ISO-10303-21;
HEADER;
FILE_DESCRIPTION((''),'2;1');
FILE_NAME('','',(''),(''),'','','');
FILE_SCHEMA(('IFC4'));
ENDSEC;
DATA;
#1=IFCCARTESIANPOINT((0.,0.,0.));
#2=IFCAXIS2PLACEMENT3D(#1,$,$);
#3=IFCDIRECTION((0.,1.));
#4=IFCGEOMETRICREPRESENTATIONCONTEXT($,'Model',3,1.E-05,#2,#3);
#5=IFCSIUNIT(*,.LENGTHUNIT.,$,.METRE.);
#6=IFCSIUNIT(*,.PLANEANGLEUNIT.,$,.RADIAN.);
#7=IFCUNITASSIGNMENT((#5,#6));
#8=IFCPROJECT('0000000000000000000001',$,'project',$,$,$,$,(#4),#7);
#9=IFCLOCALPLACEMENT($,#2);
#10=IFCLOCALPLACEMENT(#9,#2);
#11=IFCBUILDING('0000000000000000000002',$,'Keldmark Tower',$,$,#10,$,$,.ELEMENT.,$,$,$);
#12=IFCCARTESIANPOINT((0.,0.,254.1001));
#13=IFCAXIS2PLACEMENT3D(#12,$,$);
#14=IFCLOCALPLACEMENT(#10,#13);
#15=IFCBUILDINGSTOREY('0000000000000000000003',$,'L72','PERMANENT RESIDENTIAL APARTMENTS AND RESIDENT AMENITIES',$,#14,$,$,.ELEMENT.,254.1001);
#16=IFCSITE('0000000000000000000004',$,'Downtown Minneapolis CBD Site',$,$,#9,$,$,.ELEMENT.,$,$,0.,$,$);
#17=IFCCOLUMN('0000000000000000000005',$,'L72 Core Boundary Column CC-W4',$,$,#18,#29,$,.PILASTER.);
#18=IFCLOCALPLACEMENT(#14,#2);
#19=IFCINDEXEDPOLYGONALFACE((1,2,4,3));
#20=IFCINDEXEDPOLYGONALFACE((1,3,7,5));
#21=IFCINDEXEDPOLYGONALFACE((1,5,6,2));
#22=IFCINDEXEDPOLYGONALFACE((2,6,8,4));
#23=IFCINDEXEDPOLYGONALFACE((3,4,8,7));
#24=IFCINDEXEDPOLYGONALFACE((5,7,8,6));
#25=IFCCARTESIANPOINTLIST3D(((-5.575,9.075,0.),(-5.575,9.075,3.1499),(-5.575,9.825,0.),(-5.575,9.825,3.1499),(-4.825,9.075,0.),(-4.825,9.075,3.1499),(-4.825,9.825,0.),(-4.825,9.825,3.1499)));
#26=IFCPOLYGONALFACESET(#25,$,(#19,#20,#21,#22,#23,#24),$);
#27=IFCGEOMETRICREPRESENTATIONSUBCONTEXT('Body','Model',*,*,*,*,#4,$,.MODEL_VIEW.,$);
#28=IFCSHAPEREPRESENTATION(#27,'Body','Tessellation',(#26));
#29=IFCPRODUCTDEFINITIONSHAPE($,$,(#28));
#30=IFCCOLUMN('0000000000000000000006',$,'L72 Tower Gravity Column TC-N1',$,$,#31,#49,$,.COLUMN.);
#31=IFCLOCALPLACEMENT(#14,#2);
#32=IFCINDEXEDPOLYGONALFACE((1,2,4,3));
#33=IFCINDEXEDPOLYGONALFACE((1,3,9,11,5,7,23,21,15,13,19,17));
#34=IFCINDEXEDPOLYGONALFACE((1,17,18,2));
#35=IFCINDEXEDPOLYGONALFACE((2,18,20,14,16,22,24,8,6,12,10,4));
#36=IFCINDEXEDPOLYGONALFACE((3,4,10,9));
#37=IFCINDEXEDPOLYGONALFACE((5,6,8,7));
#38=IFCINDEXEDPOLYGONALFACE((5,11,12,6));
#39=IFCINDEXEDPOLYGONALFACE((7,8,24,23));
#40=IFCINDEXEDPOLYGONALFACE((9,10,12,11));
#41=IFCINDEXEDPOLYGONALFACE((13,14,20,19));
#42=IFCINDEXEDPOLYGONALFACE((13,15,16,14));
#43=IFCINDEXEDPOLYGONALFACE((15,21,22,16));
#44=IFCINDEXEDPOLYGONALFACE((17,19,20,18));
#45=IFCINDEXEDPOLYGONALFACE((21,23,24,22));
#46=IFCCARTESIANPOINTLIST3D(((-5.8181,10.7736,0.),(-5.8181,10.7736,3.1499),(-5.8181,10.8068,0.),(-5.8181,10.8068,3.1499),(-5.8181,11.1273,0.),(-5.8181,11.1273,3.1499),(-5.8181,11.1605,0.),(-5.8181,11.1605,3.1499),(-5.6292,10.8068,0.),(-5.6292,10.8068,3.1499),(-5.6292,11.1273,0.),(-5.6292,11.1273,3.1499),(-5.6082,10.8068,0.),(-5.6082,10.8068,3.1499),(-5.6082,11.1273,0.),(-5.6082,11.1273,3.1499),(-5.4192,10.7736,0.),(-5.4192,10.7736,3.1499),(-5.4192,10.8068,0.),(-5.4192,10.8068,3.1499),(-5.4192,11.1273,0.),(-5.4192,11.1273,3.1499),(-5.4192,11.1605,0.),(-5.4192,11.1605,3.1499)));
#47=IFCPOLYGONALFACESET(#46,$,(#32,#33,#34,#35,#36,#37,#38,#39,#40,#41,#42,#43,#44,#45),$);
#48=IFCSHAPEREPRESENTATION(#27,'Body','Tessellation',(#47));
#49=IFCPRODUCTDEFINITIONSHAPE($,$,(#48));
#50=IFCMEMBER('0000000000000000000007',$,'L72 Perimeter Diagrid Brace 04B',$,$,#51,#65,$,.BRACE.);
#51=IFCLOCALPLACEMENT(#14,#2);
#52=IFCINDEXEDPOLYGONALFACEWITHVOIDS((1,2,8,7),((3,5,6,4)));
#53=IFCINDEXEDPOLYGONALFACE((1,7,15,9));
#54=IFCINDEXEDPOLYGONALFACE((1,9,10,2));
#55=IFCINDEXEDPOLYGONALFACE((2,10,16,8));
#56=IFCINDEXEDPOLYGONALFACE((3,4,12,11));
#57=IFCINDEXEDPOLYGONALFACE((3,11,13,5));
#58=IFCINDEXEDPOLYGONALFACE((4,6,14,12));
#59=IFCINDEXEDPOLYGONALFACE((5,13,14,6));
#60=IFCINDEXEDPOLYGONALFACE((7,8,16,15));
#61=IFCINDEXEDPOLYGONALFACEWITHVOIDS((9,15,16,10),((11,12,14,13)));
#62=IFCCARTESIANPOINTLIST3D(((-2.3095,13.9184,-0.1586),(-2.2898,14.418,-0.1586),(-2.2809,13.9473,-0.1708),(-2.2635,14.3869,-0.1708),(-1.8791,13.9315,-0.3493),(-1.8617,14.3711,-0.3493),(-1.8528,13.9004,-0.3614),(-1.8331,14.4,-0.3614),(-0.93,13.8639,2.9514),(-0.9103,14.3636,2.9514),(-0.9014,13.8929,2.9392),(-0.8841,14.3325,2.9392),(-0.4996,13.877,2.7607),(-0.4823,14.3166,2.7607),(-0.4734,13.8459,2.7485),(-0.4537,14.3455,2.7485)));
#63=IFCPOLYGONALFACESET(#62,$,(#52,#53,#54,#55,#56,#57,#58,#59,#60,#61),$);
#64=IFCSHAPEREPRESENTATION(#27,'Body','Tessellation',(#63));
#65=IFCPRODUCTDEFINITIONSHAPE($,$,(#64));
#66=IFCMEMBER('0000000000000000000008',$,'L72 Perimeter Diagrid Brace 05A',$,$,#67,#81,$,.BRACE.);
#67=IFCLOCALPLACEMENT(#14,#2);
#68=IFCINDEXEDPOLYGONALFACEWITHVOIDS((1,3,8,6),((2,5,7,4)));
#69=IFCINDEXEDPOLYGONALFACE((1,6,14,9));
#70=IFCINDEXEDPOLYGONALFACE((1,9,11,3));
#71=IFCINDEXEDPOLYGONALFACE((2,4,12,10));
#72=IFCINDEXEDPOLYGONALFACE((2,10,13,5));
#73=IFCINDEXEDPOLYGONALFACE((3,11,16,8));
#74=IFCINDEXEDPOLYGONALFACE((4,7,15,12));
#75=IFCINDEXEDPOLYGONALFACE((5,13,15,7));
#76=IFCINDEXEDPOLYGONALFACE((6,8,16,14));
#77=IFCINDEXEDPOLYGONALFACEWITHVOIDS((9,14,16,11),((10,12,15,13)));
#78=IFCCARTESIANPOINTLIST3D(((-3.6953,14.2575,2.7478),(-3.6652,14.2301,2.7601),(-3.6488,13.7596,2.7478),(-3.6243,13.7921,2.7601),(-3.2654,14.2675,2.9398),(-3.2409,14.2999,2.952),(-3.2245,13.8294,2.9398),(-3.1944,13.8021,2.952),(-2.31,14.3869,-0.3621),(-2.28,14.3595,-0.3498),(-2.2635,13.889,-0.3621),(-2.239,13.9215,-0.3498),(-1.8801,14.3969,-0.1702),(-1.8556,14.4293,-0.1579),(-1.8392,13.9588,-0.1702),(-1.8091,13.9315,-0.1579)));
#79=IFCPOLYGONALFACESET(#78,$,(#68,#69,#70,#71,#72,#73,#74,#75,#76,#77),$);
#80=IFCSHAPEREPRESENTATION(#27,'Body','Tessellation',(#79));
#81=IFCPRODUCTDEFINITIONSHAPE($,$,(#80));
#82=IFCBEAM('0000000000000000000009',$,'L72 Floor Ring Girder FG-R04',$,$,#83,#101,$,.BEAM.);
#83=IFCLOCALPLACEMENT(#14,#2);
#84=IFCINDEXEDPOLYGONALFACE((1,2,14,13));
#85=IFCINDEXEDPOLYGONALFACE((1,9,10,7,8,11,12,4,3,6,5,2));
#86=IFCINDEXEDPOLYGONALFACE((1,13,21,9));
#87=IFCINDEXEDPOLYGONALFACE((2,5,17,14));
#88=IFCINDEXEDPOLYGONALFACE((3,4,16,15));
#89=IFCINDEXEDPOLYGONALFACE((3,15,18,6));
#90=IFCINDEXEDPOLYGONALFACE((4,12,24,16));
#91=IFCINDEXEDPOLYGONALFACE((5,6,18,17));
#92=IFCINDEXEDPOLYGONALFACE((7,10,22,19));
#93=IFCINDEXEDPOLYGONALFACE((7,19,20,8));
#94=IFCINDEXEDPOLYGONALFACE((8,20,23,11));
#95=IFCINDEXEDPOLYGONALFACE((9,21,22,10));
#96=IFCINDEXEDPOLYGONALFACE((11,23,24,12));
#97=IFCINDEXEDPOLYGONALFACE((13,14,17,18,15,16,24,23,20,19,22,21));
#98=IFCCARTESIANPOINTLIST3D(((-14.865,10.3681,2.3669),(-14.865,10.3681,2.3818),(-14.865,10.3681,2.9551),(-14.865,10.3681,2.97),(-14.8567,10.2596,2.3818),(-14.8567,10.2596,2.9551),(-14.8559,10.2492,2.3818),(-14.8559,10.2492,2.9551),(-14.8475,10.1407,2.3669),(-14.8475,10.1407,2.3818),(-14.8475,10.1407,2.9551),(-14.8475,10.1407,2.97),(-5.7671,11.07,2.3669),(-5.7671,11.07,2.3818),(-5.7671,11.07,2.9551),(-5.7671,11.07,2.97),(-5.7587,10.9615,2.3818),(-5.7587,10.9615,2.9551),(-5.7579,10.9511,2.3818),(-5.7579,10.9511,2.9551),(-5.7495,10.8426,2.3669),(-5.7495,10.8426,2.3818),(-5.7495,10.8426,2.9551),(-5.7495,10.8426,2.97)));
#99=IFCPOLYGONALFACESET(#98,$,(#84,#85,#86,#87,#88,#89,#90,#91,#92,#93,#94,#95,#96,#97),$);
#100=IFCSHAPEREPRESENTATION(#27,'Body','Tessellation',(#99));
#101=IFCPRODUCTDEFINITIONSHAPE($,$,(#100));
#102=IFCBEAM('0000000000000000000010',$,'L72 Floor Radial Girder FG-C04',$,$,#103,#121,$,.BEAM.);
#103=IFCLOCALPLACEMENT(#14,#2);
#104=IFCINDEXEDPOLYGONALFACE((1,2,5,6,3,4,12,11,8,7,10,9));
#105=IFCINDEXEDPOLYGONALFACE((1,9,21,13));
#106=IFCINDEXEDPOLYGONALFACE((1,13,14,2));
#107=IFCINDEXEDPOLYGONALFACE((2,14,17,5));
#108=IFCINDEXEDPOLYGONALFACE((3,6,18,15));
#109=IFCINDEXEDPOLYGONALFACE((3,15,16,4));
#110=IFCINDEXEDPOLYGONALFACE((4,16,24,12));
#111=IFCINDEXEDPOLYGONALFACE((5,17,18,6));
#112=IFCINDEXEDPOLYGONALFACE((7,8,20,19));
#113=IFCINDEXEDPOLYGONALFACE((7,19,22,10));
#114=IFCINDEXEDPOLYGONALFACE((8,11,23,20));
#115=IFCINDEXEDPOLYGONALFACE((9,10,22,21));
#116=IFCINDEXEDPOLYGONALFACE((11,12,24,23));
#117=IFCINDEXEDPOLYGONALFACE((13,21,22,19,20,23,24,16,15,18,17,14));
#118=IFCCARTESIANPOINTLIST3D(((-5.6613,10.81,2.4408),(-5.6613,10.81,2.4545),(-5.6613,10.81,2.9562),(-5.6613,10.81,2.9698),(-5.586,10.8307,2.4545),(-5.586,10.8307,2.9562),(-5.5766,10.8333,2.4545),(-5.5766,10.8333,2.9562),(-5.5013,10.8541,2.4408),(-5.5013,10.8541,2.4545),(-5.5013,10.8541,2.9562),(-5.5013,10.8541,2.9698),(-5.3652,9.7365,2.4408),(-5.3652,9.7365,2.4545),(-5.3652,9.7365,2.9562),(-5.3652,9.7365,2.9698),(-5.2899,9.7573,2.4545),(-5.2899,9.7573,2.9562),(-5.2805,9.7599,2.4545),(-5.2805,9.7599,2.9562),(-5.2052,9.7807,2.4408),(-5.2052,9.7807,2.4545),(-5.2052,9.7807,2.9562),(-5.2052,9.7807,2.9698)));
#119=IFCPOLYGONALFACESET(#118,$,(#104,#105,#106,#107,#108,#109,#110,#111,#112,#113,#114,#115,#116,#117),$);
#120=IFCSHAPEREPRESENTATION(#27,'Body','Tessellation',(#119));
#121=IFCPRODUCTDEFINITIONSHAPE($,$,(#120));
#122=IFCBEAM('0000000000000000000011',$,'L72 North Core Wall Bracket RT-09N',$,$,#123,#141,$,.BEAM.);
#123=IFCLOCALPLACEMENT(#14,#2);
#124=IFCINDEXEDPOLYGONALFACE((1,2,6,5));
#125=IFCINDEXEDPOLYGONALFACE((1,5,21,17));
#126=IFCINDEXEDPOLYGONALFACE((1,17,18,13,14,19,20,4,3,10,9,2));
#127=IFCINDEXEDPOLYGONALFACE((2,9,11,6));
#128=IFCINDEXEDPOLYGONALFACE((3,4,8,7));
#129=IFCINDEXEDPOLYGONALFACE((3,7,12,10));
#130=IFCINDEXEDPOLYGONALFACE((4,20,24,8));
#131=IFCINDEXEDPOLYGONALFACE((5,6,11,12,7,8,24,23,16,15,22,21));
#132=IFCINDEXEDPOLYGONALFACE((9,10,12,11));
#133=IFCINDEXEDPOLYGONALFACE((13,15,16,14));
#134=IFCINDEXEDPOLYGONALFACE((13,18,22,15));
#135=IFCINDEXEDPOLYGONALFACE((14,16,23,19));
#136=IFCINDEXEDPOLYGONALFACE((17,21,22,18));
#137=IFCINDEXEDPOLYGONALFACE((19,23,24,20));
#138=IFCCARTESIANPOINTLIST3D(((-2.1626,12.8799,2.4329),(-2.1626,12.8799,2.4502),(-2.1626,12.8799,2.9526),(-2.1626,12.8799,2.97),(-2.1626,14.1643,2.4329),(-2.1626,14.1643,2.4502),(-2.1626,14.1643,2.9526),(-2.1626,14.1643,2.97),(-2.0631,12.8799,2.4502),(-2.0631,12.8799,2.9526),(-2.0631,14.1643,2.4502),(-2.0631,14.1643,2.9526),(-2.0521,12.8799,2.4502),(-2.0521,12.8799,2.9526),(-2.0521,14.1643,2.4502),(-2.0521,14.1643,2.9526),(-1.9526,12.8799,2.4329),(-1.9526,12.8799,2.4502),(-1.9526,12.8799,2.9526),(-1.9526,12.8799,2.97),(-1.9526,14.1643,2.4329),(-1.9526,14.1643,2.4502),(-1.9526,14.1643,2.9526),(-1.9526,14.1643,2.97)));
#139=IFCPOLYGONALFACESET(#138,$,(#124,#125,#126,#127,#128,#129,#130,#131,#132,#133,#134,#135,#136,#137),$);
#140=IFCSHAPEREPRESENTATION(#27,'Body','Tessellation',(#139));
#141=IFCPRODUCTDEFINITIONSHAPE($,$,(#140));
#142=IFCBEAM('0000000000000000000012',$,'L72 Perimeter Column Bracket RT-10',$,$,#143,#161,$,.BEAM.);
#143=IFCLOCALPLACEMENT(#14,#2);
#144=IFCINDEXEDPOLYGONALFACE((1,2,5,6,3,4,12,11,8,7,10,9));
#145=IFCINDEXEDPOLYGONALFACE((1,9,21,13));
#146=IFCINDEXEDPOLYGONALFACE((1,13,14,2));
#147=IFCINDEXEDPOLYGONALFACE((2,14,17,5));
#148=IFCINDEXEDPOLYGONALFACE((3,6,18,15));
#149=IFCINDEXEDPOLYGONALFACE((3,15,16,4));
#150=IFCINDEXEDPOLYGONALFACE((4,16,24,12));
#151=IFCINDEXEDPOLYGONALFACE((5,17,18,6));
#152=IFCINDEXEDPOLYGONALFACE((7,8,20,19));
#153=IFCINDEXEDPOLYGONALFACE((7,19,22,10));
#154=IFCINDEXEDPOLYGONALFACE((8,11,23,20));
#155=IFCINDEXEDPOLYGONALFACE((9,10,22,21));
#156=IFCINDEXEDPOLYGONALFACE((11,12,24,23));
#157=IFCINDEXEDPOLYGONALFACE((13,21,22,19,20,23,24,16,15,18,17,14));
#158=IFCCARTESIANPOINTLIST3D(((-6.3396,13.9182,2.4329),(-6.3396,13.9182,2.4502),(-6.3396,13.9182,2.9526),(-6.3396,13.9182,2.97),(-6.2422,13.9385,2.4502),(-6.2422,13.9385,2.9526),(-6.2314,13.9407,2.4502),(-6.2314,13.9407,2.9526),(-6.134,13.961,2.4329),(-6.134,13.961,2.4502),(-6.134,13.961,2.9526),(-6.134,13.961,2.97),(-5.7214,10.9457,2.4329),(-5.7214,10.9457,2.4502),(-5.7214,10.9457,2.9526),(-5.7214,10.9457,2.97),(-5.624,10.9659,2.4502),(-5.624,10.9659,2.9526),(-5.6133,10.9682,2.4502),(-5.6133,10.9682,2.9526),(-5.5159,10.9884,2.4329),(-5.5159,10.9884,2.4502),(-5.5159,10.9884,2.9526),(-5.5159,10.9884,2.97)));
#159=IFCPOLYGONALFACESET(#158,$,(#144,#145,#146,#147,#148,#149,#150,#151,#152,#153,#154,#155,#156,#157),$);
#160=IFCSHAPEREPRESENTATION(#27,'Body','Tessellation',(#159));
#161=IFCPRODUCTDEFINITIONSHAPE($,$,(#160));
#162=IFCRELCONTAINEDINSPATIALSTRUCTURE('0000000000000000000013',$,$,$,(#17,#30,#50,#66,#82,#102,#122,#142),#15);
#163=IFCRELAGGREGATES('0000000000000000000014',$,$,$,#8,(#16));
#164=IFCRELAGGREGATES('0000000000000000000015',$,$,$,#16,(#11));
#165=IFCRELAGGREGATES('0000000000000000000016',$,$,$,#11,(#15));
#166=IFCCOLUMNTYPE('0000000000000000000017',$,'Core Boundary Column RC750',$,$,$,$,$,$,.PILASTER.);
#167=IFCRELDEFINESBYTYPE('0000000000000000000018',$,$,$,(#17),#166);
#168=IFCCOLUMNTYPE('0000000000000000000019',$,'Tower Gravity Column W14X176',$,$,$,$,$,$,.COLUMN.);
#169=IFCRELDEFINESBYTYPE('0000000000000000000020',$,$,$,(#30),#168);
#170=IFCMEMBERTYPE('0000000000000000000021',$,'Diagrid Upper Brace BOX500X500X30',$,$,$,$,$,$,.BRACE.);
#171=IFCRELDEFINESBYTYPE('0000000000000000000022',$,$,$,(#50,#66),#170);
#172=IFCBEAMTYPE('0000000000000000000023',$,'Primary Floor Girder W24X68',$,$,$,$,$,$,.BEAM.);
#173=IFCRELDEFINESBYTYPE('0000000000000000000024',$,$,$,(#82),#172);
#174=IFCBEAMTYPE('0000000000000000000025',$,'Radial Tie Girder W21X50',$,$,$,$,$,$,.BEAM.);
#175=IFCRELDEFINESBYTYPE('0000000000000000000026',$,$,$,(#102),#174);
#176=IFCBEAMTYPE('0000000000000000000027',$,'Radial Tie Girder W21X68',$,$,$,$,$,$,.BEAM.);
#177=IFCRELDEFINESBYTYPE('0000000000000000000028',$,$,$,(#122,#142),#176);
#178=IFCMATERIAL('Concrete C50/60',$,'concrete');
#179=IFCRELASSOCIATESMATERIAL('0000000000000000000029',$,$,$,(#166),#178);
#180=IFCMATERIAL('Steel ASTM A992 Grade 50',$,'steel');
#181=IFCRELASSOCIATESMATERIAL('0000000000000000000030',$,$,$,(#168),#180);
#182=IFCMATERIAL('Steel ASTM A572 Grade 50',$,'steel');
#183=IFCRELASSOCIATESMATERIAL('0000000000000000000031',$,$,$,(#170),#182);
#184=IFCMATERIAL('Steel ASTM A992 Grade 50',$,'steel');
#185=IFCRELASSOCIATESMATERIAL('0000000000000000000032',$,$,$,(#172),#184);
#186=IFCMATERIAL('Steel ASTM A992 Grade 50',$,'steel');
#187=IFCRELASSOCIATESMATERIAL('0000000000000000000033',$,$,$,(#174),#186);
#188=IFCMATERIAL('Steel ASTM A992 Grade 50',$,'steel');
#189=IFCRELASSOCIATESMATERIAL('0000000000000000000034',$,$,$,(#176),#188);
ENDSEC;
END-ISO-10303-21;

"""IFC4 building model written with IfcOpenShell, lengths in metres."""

from ifc_helpers import new_model, si_unit, direction, frame, origin, origin_2d, place, context, subcontext, project, spatial, rectangle, hollow_rectangle, i_section, extrude, material, material_profile, profile_set, type_object, element, save


model = new_model("IFC4")

# Units and contexts
model_context = context("Model", 3, precision=1e-05, world=origin(), true_north=direction((0.0, 1.0)))
body_context = subcontext(model_context, "Body", "Model", "MODEL_VIEW")
ifc_project = project(units=[si_unit("LENGTHUNIT", "METRE"), si_unit("PLANEANGLEUNIT", "RADIAN")], contexts=[model_context])

# Site, building, storey
site_placement = place(None, origin())
site = spatial("IfcSite", under=ifc_project, at=site_placement, Name="Downtown Minneapolis CBD Site", CompositionType="ELEMENT", RefElevation=0.0)
building_placement = place(site_placement, origin())
building = spatial("IfcBuilding", under=site, at=building_placement, Name="Keldmark Tower", CompositionType="ELEMENT")
storey_placement = place(building_placement, frame((0.0, 0.0, 254.1001)))
storey = spatial("IfcBuildingStorey", under=building, at=storey_placement, Name="L72", Description="PERMANENT RESIDENTIAL APARTMENTS AND RESIDENT AMENITIES", CompositionType="ELEMENT", Elevation=254.1001)

# Columns
ifc_material_1 = material(Name="Concrete C50/60", Category="concrete")
ifc_material_profile_1 = material_profile(ifc_material_1, rectangle(XDim=0.75, YDim=0.75, at=origin_2d()), Name="RC750X750")
ifc_profile_set_1 = profile_set([ifc_material_profile_1], Name="Concrete C50/60")
column_type_1 = type_object("IfcColumnType", Name="Core Boundary Column RC750", PredefinedType="PILASTER", material=ifc_profile_set_1)
column_1_placement = place(storey_placement, frame((-5.2, 9.45, 0.0), z_axis=(0.0, 0.0, 1.0), x_axis=(1.0, 0.0, 0.0)))
element("IfcColumn", 1, at=column_1_placement, inside=storey, type_object=column_type_1, Name="L72 Core Boundary Column CC-W4", PredefinedType="PILASTER", context=body_context, shape_type="SweptSolid", body=[
    extrude(rectangle(XDim=0.75, YDim=0.75, at=origin_2d()), origin(), (0.0, 0.0, 1.0), 3.1499),
])
ifc_material_2 = material(Name="Steel ASTM A992 Grade 50", Category="steel")
ifc_material_profile_2 = material_profile(ifc_material_2, i_section(OverallWidth=0.3989, OverallDepth=0.387, WebThickness=0.021, FlangeThickness=0.0332, at=origin_2d()), Name="W14X176")
ifc_profile_set_2 = profile_set([ifc_material_profile_2], Name="Steel ASTM A992 Grade 50")
column_type_2 = type_object("IfcColumnType", Name="Tower Gravity Column W14X176", PredefinedType="COLUMN", material=ifc_profile_set_2)
column_2_placement = place(storey_placement, frame((-5.6187, 10.967, 0.0), z_axis=(0.0, 0.0, 1.0), x_axis=(1.0, 0.0, 0.0)))
element("IfcColumn", 2, at=column_2_placement, inside=storey, type_object=column_type_2, Name="L72 Tower Gravity Column TC-N1", PredefinedType="COLUMN", context=body_context, shape_type="SweptSolid", body=[
    extrude(i_section(OverallWidth=0.3989, OverallDepth=0.387, WebThickness=0.021, FlangeThickness=0.0332, at=origin_2d()), origin(), (0.0, 0.0, 1.0), 3.1499),
])

# Members
ifc_material_3 = material(Name="Steel ASTM A572 Grade 50", Category="steel")
ifc_material_profile_3 = material_profile(ifc_material_3, hollow_rectangle(XDim=0.5, YDim=0.5, WallThickness=0.03, at=origin_2d()), Name="BOX500X500X30")
ifc_profile_set_3 = profile_set([ifc_material_profile_3], Name="Steel ASTM A572 Grade 50")
member_type = type_object("IfcMemberType", Name="Diagrid Upper Brace BOX500X500X30", PredefinedType="BRACE", material=ifc_profile_set_3)
member_1_placement = place(storey_placement, frame((-2.0713, 14.1592, -0.26), z_axis=(0.405407, -0.016001, 0.913996), x_axis=(0.039438, 0.999222, 0.0)))
element("IfcMember", 3, at=member_1_placement, inside=storey, type_object=member_type, Name="L72 Perimeter Diagrid Brace 04B", PredefinedType="BRACE", context=body_context, shape_type="SweptSolid", body=[
    extrude(hollow_rectangle(XDim=0.5, YDim=0.5, WallThickness=0.03, at=origin_2d()), origin(), (0.0, 0.0, 1.0), 3.4026),
])
member_2_placement = place(storey_placement, frame((-2.0596, 14.1592, -0.26), z_axis=(-0.406603, -0.03798, 0.912815), x_axis=(0.093004, -0.995666, 0.0)))
element("IfcMember", 4, at=member_2_placement, inside=storey, type_object=member_type, Name="L72 Perimeter Diagrid Brace 05A", PredefinedType="BRACE", context=body_context, shape_type="SweptSolid", body=[
    extrude(hollow_rectangle(XDim=0.5, YDim=0.5, WallThickness=0.03, at=origin_2d()), origin(), (0.0, 0.0, 1.0), 3.407),
])

# Beams
ifc_material_4 = material(Name="Steel ASTM A992 Grade 50", Category="steel")
ifc_material_profile_4 = material_profile(ifc_material_4, i_section(OverallWidth=0.228, OverallDepth=0.603, WebThickness=0.0105, FlangeThickness=0.0149, at=origin_2d()), Name="W24X68")
ifc_profile_set_4 = profile_set([ifc_material_profile_4], Name="Steel ASTM A992 Grade 50")
beam_type_1 = type_object("IfcBeamType", Name="Primary Floor Girder W24X68", PredefinedType="BEAM", material=ifc_profile_set_4)
beam_1_placement = place(storey_placement, frame((-5.7583, 10.9563, 2.6685), z_axis=(-0.997037, -0.076922, 0.0), x_axis=(0.076922, -0.997037, 0.0)))
element("IfcBeam", 5, at=beam_1_placement, inside=storey, type_object=beam_type_1, Name="L72 Floor Ring Girder FG-R04", PredefinedType="BEAM", context=body_context, shape_type="SweptSolid", body=[
    extrude(i_section(OverallWidth=0.228, OverallDepth=0.603, WebThickness=0.0105, FlangeThickness=0.0149, at=origin_2d()), origin(), (0.0, 0.0, 1.0), 9.125),
])
ifc_material_5 = material(Name="Steel ASTM A992 Grade 50", Category="steel")
ifc_material_profile_5 = material_profile(ifc_material_5, i_section(OverallWidth=0.166, OverallDepth=0.5291, WebThickness=0.0098, FlangeThickness=0.0137, at=origin_2d()), Name="W21X50")
ifc_profile_set_5 = profile_set([ifc_material_profile_5], Name="Steel ASTM A992 Grade 50")
beam_type_2 = type_object("IfcBeamType", Name="Radial Tie Girder W21X50", PredefinedType="BEAM", material=ifc_profile_set_5)
beam_2_placement = place(storey_placement, frame((-5.5813, 10.832, 2.7053), z_axis=(0.265936, -0.963991, 0.0), x_axis=(0.963991, 0.265936, 0.0)))
element("IfcBeam", 6, at=beam_2_placement, inside=storey, type_object=beam_type_2, Name="L72 Floor Radial Girder FG-C04", PredefinedType="BEAM", context=body_context, shape_type="SweptSolid", body=[
    extrude(i_section(OverallWidth=0.166, OverallDepth=0.5291, WebThickness=0.0098, FlangeThickness=0.0137, at=origin_2d()), origin(), (0.0, 0.0, 1.0), 1.1135),
])
ifc_material_6 = material(Name="Steel ASTM A992 Grade 50", Category="steel")
ifc_material_profile_6 = material_profile(ifc_material_6, i_section(OverallWidth=0.21, OverallDepth=0.5371, WebThickness=0.011, FlangeThickness=0.0173, at=origin_2d()), Name="W21X68")
ifc_profile_set_6 = profile_set([ifc_material_profile_6], Name="Steel ASTM A992 Grade 50")
beam_type_3 = type_object("IfcBeamType", Name="Radial Tie Girder W21X68", PredefinedType="BEAM", material=ifc_profile_set_6)
beam_3_placement = place(storey_placement, frame((-2.0576, 12.8799, 2.7014), z_axis=(0.0, 1.0, 0.0), x_axis=(-1.0, 0.0, 0.0)))
element("IfcBeam", 7, at=beam_3_placement, inside=storey, type_object=beam_type_3, Name="L72 North Core Wall Bracket RT-09N", PredefinedType="BEAM", context=body_context, shape_type="SweptSolid", body=[
    extrude(i_section(OverallWidth=0.21, OverallDepth=0.5371, WebThickness=0.011, FlangeThickness=0.0173, at=origin_2d()), origin(), (0.0, 0.0, 1.0), 1.2844),
])
beam_4_placement = place(storey_placement, frame((-5.6187, 10.967, 2.7014), z_axis=(-0.203595, 0.979055, 0.0), x_axis=(-0.979055, -0.203595, 0.0)))
element("IfcBeam", 8, at=beam_4_placement, inside=storey, type_object=beam_type_3, Name="L72 Perimeter Column Bracket RT-10", PredefinedType="BEAM", context=body_context, shape_type="SweptSolid", body=[
    extrude(i_section(OverallWidth=0.21, OverallDepth=0.5371, WebThickness=0.011, FlangeThickness=0.0173, at=origin_2d()), origin(), (0.0, 0.0, 1.0), 3.0361),
])

save(model, "model.ifc")
